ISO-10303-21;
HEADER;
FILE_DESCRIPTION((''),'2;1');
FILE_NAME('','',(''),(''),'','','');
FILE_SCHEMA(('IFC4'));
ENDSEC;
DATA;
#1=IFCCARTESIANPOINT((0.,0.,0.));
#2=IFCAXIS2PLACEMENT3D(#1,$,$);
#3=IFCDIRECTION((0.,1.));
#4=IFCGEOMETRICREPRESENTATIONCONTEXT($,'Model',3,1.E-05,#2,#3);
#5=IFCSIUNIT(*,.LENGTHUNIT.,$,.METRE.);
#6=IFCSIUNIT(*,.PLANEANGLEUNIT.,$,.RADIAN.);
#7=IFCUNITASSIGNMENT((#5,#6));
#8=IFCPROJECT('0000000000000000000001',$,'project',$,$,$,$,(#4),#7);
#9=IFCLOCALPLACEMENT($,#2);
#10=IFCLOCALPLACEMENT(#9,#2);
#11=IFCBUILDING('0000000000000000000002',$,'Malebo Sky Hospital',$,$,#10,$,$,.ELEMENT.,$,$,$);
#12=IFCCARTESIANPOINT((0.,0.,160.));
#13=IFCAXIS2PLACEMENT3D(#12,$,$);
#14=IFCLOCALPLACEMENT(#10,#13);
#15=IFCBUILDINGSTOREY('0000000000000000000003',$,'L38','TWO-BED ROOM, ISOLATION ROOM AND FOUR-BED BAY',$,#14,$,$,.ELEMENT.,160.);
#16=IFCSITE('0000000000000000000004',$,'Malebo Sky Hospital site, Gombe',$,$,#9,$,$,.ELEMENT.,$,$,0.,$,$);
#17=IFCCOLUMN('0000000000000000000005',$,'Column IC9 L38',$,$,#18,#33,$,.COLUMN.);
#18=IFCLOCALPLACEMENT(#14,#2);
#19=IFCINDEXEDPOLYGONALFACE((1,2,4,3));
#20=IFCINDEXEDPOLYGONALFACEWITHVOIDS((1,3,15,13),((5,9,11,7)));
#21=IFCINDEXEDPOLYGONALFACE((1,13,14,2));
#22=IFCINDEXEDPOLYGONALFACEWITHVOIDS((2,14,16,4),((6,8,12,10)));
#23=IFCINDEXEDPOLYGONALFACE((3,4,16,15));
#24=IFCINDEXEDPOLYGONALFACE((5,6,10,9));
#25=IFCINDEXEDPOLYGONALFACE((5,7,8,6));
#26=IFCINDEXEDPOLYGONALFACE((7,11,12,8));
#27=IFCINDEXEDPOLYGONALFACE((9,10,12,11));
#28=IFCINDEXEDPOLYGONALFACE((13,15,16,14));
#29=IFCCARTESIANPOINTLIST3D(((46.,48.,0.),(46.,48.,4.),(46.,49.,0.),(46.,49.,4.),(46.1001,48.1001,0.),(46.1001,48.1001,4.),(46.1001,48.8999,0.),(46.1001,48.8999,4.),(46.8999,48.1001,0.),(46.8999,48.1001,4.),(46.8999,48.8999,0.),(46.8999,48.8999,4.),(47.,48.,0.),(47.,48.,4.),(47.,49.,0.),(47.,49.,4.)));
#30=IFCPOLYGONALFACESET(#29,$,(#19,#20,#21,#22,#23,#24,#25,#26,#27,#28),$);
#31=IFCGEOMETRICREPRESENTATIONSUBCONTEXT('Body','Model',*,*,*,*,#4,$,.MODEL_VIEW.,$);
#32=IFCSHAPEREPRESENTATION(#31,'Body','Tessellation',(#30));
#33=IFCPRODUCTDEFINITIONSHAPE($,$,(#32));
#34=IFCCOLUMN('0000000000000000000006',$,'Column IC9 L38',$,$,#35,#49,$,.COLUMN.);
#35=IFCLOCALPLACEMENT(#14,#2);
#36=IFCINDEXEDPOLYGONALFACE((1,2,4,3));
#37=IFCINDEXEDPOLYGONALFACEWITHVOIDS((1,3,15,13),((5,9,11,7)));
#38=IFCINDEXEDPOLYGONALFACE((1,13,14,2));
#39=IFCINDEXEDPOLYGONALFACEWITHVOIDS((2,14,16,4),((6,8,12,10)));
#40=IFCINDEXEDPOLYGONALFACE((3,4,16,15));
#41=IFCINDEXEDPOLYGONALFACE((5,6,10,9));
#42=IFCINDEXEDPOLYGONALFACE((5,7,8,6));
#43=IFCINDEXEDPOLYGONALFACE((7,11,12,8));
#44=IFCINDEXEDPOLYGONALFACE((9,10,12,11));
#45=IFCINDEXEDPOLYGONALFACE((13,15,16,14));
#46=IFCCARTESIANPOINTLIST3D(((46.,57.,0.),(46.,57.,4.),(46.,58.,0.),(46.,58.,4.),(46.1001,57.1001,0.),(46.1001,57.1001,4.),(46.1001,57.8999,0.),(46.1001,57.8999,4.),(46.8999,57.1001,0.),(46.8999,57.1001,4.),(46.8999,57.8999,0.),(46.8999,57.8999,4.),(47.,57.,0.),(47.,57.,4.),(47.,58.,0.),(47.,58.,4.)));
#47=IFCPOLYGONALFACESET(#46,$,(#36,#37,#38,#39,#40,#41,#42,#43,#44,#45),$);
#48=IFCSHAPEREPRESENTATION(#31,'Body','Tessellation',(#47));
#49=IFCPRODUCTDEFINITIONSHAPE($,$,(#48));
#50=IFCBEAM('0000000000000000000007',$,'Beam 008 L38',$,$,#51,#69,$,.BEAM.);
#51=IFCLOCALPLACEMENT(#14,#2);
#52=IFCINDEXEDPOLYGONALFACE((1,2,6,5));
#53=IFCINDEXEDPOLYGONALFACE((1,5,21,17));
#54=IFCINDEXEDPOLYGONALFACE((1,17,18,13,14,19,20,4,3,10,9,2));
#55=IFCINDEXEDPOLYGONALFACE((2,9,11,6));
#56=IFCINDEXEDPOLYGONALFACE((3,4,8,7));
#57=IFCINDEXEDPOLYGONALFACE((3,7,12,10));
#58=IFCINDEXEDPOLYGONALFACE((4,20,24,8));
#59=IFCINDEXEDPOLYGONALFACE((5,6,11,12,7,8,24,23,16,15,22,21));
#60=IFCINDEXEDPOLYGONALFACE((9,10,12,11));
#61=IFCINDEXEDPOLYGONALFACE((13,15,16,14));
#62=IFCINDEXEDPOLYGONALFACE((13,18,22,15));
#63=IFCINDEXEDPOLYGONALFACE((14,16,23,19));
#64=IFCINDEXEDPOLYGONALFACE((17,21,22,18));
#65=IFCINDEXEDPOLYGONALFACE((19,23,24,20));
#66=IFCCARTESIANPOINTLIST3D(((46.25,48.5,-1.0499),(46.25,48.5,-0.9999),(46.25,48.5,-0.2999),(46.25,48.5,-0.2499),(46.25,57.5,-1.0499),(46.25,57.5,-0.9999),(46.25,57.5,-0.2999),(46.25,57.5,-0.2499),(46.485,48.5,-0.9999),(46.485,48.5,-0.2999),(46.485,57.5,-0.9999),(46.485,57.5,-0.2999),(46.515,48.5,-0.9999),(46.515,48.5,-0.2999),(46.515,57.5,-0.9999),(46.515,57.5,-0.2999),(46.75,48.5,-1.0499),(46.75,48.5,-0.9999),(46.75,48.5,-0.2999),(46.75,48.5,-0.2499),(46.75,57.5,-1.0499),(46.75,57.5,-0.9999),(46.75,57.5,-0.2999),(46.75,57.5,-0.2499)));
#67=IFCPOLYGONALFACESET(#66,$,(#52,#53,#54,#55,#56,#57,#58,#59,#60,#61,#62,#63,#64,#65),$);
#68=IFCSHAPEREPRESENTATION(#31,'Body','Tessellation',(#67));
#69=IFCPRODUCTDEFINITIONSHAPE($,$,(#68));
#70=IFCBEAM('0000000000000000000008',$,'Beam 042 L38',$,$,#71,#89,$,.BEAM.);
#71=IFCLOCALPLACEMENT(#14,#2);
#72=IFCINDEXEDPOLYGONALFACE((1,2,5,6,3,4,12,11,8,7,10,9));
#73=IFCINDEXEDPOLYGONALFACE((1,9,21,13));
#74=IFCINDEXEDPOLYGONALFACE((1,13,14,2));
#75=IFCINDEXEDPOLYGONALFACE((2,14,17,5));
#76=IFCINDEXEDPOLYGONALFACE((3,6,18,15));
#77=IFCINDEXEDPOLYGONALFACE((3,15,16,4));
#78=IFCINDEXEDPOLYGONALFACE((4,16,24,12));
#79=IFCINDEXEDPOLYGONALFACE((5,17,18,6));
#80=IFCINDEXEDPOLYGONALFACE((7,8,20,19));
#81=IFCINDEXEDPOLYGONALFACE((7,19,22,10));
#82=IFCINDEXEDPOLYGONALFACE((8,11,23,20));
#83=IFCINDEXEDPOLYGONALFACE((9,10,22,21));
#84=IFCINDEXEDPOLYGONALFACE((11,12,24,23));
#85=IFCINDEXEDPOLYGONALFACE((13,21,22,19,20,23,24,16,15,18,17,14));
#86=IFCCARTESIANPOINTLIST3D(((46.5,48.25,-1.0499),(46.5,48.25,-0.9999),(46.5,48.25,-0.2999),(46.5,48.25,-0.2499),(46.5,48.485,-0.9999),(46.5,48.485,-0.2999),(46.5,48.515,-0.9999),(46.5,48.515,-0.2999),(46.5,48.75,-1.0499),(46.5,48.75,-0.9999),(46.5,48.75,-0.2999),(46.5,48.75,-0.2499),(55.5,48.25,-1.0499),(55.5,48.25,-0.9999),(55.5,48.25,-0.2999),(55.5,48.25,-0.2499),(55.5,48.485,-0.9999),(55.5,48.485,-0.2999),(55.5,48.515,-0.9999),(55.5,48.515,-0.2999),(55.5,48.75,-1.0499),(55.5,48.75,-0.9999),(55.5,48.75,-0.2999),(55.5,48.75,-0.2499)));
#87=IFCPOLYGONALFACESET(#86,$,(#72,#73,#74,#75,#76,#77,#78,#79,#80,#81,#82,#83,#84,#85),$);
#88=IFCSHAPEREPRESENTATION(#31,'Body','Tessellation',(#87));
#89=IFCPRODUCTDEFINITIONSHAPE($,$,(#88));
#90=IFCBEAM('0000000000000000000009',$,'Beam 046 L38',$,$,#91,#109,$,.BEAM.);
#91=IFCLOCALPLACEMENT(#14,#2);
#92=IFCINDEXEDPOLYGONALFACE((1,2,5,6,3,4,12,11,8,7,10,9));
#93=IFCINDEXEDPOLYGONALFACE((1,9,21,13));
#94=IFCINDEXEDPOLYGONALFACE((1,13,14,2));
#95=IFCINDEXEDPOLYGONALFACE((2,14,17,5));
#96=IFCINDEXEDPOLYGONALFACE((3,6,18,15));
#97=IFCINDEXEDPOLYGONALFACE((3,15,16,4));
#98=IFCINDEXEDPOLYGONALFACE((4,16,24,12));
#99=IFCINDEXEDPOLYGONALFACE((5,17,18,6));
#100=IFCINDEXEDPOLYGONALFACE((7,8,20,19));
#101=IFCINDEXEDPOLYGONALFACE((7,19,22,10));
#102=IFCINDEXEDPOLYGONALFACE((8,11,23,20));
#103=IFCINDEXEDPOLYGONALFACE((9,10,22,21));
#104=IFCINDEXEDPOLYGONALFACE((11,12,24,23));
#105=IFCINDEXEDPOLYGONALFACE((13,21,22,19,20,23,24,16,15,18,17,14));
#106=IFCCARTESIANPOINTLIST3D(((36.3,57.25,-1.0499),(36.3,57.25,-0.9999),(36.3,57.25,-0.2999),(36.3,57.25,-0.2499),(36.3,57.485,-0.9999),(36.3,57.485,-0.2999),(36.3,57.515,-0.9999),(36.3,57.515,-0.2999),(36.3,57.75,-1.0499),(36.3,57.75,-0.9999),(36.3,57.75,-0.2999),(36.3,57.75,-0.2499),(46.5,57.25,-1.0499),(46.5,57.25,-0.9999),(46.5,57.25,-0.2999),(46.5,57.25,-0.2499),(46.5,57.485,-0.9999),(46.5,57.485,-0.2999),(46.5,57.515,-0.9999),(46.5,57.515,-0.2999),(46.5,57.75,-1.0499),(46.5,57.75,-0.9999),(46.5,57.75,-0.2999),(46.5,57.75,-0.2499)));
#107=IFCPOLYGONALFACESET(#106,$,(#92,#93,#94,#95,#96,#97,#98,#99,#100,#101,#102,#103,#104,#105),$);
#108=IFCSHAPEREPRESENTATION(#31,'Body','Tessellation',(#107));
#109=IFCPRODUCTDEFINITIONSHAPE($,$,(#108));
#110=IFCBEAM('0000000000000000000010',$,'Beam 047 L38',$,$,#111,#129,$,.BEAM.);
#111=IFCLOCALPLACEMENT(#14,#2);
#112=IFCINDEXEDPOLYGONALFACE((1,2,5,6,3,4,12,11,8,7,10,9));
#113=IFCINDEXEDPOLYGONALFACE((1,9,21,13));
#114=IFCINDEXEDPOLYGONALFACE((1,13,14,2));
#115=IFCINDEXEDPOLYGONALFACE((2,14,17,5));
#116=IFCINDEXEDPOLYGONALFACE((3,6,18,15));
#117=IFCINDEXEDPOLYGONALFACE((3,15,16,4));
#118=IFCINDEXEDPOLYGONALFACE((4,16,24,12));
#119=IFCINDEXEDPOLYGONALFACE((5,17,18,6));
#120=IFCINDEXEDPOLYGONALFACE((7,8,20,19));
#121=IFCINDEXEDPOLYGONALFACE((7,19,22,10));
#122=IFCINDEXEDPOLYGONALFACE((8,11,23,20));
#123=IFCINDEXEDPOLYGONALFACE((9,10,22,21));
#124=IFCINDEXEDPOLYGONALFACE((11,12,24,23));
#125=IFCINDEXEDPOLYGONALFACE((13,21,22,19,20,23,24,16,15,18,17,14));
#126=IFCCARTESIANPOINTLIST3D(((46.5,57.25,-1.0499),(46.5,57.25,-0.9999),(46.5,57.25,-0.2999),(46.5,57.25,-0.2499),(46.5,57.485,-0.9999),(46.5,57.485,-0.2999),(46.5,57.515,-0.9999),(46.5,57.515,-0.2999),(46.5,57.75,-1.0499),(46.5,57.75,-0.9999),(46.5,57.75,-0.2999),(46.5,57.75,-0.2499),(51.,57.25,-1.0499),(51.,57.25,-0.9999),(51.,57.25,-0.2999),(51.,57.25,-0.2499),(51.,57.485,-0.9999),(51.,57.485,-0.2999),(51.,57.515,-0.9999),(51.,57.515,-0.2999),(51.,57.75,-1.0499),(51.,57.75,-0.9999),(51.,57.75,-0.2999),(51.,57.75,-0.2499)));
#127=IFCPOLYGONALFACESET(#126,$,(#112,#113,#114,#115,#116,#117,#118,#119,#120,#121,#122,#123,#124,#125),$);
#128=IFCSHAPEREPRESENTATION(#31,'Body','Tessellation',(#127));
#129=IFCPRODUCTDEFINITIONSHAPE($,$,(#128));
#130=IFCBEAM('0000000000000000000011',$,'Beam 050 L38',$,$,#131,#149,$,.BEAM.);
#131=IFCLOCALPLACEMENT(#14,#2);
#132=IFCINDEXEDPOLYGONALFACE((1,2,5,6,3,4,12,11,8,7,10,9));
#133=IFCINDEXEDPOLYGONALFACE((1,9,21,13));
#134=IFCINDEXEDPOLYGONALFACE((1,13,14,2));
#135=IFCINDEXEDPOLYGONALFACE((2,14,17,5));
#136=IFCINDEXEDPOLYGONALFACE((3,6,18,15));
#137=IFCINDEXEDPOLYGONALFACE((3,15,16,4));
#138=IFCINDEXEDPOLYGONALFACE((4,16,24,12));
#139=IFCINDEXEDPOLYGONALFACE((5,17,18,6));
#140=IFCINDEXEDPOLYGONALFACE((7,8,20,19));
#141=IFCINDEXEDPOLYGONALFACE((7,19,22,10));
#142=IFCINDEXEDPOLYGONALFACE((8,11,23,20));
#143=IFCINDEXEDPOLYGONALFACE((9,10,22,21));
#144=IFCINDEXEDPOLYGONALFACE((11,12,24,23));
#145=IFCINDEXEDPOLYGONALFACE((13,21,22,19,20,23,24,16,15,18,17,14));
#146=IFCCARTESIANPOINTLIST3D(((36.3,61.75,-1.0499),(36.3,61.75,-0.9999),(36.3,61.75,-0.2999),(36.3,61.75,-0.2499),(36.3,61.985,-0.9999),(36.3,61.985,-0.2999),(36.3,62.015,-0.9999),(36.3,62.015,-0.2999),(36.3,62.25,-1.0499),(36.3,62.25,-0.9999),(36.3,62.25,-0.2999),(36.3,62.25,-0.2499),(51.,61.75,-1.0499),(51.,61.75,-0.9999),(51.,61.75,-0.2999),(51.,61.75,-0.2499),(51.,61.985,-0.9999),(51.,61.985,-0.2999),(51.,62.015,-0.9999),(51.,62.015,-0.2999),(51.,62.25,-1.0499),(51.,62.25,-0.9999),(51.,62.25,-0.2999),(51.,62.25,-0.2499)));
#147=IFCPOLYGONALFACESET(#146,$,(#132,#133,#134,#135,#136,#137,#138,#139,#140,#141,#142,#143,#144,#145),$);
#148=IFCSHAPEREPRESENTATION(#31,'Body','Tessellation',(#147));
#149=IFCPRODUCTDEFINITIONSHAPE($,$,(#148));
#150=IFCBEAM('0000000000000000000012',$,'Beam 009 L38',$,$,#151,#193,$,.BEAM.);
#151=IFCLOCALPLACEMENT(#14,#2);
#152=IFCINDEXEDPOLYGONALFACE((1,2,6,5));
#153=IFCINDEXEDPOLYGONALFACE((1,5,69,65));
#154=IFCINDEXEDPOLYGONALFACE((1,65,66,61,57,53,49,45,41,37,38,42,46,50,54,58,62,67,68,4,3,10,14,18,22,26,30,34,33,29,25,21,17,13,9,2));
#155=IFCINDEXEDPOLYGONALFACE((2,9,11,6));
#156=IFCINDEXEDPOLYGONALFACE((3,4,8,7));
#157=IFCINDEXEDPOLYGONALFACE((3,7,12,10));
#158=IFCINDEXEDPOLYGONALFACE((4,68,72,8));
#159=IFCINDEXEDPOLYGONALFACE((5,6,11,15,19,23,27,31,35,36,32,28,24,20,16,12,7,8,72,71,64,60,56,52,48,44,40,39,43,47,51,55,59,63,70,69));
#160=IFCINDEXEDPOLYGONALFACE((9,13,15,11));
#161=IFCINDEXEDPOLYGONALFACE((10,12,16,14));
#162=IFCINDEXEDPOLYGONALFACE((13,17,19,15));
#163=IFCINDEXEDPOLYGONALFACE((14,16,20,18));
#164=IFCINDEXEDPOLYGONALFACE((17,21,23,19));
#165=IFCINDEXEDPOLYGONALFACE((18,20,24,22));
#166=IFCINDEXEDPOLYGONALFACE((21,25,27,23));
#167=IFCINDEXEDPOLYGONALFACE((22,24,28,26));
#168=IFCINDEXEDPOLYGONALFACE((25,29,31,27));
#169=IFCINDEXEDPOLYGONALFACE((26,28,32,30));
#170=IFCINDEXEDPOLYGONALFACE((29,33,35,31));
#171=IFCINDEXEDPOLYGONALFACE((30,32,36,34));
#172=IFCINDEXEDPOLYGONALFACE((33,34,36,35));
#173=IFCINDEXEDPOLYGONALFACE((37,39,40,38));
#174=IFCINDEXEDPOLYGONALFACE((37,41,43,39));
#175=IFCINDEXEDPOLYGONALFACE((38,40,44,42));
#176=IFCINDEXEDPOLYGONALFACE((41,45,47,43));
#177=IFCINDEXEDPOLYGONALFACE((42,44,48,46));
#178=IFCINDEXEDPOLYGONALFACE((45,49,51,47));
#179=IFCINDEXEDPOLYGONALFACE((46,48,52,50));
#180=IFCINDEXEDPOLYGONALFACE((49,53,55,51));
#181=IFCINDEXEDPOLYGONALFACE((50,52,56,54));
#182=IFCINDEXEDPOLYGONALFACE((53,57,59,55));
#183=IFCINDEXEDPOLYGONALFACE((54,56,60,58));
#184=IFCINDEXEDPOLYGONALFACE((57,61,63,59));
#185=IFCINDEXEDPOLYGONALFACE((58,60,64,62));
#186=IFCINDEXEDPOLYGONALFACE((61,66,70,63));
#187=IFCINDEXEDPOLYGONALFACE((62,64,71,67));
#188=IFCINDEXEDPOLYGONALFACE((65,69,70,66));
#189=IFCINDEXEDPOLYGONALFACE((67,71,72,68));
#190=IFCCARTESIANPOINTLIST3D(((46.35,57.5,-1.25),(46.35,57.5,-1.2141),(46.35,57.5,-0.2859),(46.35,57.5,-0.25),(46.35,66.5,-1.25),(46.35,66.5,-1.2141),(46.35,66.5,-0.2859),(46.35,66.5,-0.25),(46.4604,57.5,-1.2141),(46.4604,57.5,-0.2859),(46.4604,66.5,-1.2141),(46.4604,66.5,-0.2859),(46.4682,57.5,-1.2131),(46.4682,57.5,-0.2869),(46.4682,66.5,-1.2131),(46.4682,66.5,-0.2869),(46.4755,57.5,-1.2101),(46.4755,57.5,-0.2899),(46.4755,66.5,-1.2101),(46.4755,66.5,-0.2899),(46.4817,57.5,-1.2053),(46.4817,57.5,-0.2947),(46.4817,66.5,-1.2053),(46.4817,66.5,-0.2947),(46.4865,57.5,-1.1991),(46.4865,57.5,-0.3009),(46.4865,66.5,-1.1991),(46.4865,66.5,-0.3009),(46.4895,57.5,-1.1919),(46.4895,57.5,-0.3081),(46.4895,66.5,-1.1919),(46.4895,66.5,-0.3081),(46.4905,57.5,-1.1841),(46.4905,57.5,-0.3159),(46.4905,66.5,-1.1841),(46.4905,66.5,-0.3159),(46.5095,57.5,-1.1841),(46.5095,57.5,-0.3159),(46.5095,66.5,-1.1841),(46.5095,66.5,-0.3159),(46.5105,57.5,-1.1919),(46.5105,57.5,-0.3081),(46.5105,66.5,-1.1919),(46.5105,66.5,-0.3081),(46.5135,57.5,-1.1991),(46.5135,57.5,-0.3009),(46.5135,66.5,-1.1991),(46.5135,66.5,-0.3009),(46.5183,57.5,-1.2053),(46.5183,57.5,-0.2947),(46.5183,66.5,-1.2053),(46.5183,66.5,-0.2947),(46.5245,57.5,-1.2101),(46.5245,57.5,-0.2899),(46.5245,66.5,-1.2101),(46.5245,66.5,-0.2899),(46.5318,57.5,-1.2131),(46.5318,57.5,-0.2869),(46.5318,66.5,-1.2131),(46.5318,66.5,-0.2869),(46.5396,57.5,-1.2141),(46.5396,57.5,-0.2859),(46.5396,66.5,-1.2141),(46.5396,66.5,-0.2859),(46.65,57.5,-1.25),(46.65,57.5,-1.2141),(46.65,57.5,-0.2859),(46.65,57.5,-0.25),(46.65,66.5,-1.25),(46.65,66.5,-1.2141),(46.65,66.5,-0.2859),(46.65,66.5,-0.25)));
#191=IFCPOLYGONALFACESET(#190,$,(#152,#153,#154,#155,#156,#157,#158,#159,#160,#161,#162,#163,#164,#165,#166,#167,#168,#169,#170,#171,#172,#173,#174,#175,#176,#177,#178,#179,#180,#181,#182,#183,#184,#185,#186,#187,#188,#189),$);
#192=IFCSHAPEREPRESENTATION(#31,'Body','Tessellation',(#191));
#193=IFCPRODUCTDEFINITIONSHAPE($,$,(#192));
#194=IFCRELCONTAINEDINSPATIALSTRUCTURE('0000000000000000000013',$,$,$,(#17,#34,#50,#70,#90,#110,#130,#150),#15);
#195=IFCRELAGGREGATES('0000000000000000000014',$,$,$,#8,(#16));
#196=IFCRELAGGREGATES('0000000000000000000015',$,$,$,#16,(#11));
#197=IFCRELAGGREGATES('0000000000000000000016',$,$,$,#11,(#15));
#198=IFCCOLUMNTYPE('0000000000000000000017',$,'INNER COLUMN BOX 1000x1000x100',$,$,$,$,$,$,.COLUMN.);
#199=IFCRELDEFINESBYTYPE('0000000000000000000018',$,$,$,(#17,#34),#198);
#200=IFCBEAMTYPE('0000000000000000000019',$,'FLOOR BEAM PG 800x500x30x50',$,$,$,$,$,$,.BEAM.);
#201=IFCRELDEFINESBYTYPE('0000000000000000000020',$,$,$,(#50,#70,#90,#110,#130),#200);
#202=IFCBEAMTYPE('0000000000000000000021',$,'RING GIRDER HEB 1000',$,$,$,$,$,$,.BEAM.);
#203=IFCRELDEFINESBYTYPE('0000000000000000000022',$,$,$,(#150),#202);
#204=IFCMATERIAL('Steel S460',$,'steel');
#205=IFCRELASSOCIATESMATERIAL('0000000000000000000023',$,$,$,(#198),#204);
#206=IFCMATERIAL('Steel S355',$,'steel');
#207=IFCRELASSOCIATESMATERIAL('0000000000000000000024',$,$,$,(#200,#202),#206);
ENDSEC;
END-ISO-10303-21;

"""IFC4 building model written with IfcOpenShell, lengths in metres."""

from ifc_helpers import new_model, si_unit, direction, frame, origin, origin_2d, place, context, subcontext, project, spatial, hollow_rectangle, i_section, extrude, material, material_profile, profile_set, type_object, element, save


model = new_model("IFC4")

# Units and contexts
model_context = context("Model", 3, precision=1e-05, world=origin(), true_north=direction((0.0, 1.0)))
body_context = subcontext(model_context, "Body", "Model", "MODEL_VIEW")
ifc_project = project(units=[si_unit("LENGTHUNIT", "METRE"), si_unit("PLANEANGLEUNIT", "RADIAN")], contexts=[model_context])

# Site, building, storey
site_placement = place(None, origin())
site = spatial("IfcSite", under=ifc_project, at=site_placement, Name="Malebo Sky Hospital site, Gombe", CompositionType="ELEMENT", RefElevation=0.0)
building_placement = place(site_placement, origin())
building = spatial("IfcBuilding", under=site, at=building_placement, Name="Malebo Sky Hospital", CompositionType="ELEMENT")
storey_placement = place(building_placement, frame((0.0, 0.0, 160.0)))
storey = spatial("IfcBuildingStorey", under=building, at=storey_placement, Name="L38", Description="TWO-BED ROOM, ISOLATION ROOM AND FOUR-BED BAY", CompositionType="ELEMENT", Elevation=160.0)

# Columns
ifc_material_1 = material(Name="Steel S460", Category="steel")
ifc_material_profile_1 = material_profile(ifc_material_1, hollow_rectangle(XDim=1.0, YDim=1.0, WallThickness=0.1001, at=origin_2d()), Name="BOX 1000x1000x100")
ifc_profile_set_1 = profile_set([ifc_material_profile_1], Name="Steel S460")
column_type = type_object("IfcColumnType", Name="INNER COLUMN BOX 1000x1000x100", PredefinedType="COLUMN", material=ifc_profile_set_1)
for number, where, z_axis, x_axis, name in (
    (1, (46.5, 48.5, 0.0), (0.0, 0.0, 1.0), (1.0, 0.0, 0.0), "Column IC9 L38"),
    (2, (46.5, 57.5, 0.0), (0.0, 0.0, 1.0), (1.0, 0.0, 0.0), "Column IC9 L38"),
):
    element("IfcColumn", number, at=place(storey_placement, frame(where, z_axis=z_axis, x_axis=x_axis)), inside=storey, type_object=column_type, Name=name, PredefinedType="COLUMN", context=body_context, shape_type="SweptSolid", body=[
        extrude(hollow_rectangle(XDim=1.0, YDim=1.0, WallThickness=0.1001, at=origin_2d()), origin(), (0.0, 0.0, 1.0), 4.0),
    ])

# Beams
ifc_material_2 = material(Name="Steel S355", Category="steel")
ifc_material_profile_2 = material_profile(ifc_material_2, i_section(OverallWidth=0.5, OverallDepth=0.8, WebThickness=0.03, FlangeThickness=0.05, at=origin_2d()), Name="PG 800x500x30x50")
ifc_profile_set_2 = profile_set([ifc_material_profile_2], Name="Steel S355")
beam_type_1 = type_object("IfcBeamType", Name="FLOOR BEAM PG 800x500x30x50", PredefinedType="BEAM", material=ifc_profile_set_2)
for number, where, z_axis, x_axis, name in (
    (3, (46.5, 48.5, -0.6499), (0.0, 1.0, 0.0), (-1.0, 0.0, 0.0), "Beam 008 L38"),
    (4, (46.5, 48.5, -0.6499), (1.0, 0.0, 0.0), (0.0, 1.0, 0.0), "Beam 042 L38"),
):
    element("IfcBeam", number, at=place(storey_placement, frame(where, z_axis=z_axis, x_axis=x_axis)), inside=storey, type_object=beam_type_1, Name=name, PredefinedType="BEAM", context=body_context, shape_type="SweptSolid", body=[
        extrude(i_section(OverallWidth=0.5, OverallDepth=0.8, WebThickness=0.03, FlangeThickness=0.05, at=origin_2d()), origin(), (0.0, 0.0, 1.0), 9.0),
    ])
beam_1_placement = place(storey_placement, frame((36.3, 57.5, -0.6499), z_axis=(1.0, 0.0, 0.0), x_axis=(0.0, 1.0, 0.0)))
element("IfcBeam", 5, at=beam_1_placement, inside=storey, type_object=beam_type_1, Name="Beam 046 L38", PredefinedType="BEAM", context=body_context, shape_type="SweptSolid", body=[
    extrude(i_section(OverallWidth=0.5, OverallDepth=0.8, WebThickness=0.03, FlangeThickness=0.05, at=origin_2d()), origin(), (0.0, 0.0, 1.0), 10.2),
])
beam_2_placement = place(storey_placement, frame((46.5, 57.5, -0.6499), z_axis=(1.0, 0.0, 0.0), x_axis=(0.0, 1.0, 0.0)))
element("IfcBeam", 6, at=beam_2_placement, inside=storey, type_object=beam_type_1, Name="Beam 047 L38", PredefinedType="BEAM", context=body_context, shape_type="SweptSolid", body=[
    extrude(i_section(OverallWidth=0.5, OverallDepth=0.8, WebThickness=0.03, FlangeThickness=0.05, at=origin_2d()), origin(), (0.0, 0.0, 1.0), 4.5),
])
beam_3_placement = place(storey_placement, frame((36.3, 62.0, -0.6499), z_axis=(1.0, 0.0, 0.0), x_axis=(0.0, 1.0, 0.0)))
element("IfcBeam", 7, at=beam_3_placement, inside=storey, type_object=beam_type_1, Name="Beam 050 L38", PredefinedType="BEAM", context=body_context, shape_type="SweptSolid", body=[
    extrude(i_section(OverallWidth=0.5, OverallDepth=0.8, WebThickness=0.03, FlangeThickness=0.05, at=origin_2d()), origin(), (0.0, 0.0, 1.0), 14.7),
])
ifc_material_profile_3 = material_profile(ifc_material_2, i_section(OverallWidth=0.3, OverallDepth=1.0, WebThickness=0.019, FlangeThickness=0.0359, FilletRadius=0.03, at=origin_2d()), Name="HEB 1000")
ifc_profile_set_3 = profile_set([ifc_material_profile_3], Name="Steel S355")
beam_type_2 = type_object("IfcBeamType", Name="RING GIRDER HEB 1000", PredefinedType="BEAM", material=ifc_profile_set_3)
beam_4_placement = place(storey_placement, frame((46.5, 57.5, -0.75), z_axis=(0.0, 1.0, 0.0), x_axis=(-1.0, 0.0, 0.0)))
element("IfcBeam", 8, at=beam_4_placement, inside=storey, type_object=beam_type_2, Name="Beam 009 L38", PredefinedType="BEAM", context=body_context, shape_type="SweptSolid", body=[
    extrude(i_section(OverallWidth=0.3, OverallDepth=1.0, WebThickness=0.019, FlangeThickness=0.0359, FilletRadius=0.03, at=origin_2d()), origin(), (0.0, 0.0, 1.0), 9.0),
])

save(model, "model.ifc")
